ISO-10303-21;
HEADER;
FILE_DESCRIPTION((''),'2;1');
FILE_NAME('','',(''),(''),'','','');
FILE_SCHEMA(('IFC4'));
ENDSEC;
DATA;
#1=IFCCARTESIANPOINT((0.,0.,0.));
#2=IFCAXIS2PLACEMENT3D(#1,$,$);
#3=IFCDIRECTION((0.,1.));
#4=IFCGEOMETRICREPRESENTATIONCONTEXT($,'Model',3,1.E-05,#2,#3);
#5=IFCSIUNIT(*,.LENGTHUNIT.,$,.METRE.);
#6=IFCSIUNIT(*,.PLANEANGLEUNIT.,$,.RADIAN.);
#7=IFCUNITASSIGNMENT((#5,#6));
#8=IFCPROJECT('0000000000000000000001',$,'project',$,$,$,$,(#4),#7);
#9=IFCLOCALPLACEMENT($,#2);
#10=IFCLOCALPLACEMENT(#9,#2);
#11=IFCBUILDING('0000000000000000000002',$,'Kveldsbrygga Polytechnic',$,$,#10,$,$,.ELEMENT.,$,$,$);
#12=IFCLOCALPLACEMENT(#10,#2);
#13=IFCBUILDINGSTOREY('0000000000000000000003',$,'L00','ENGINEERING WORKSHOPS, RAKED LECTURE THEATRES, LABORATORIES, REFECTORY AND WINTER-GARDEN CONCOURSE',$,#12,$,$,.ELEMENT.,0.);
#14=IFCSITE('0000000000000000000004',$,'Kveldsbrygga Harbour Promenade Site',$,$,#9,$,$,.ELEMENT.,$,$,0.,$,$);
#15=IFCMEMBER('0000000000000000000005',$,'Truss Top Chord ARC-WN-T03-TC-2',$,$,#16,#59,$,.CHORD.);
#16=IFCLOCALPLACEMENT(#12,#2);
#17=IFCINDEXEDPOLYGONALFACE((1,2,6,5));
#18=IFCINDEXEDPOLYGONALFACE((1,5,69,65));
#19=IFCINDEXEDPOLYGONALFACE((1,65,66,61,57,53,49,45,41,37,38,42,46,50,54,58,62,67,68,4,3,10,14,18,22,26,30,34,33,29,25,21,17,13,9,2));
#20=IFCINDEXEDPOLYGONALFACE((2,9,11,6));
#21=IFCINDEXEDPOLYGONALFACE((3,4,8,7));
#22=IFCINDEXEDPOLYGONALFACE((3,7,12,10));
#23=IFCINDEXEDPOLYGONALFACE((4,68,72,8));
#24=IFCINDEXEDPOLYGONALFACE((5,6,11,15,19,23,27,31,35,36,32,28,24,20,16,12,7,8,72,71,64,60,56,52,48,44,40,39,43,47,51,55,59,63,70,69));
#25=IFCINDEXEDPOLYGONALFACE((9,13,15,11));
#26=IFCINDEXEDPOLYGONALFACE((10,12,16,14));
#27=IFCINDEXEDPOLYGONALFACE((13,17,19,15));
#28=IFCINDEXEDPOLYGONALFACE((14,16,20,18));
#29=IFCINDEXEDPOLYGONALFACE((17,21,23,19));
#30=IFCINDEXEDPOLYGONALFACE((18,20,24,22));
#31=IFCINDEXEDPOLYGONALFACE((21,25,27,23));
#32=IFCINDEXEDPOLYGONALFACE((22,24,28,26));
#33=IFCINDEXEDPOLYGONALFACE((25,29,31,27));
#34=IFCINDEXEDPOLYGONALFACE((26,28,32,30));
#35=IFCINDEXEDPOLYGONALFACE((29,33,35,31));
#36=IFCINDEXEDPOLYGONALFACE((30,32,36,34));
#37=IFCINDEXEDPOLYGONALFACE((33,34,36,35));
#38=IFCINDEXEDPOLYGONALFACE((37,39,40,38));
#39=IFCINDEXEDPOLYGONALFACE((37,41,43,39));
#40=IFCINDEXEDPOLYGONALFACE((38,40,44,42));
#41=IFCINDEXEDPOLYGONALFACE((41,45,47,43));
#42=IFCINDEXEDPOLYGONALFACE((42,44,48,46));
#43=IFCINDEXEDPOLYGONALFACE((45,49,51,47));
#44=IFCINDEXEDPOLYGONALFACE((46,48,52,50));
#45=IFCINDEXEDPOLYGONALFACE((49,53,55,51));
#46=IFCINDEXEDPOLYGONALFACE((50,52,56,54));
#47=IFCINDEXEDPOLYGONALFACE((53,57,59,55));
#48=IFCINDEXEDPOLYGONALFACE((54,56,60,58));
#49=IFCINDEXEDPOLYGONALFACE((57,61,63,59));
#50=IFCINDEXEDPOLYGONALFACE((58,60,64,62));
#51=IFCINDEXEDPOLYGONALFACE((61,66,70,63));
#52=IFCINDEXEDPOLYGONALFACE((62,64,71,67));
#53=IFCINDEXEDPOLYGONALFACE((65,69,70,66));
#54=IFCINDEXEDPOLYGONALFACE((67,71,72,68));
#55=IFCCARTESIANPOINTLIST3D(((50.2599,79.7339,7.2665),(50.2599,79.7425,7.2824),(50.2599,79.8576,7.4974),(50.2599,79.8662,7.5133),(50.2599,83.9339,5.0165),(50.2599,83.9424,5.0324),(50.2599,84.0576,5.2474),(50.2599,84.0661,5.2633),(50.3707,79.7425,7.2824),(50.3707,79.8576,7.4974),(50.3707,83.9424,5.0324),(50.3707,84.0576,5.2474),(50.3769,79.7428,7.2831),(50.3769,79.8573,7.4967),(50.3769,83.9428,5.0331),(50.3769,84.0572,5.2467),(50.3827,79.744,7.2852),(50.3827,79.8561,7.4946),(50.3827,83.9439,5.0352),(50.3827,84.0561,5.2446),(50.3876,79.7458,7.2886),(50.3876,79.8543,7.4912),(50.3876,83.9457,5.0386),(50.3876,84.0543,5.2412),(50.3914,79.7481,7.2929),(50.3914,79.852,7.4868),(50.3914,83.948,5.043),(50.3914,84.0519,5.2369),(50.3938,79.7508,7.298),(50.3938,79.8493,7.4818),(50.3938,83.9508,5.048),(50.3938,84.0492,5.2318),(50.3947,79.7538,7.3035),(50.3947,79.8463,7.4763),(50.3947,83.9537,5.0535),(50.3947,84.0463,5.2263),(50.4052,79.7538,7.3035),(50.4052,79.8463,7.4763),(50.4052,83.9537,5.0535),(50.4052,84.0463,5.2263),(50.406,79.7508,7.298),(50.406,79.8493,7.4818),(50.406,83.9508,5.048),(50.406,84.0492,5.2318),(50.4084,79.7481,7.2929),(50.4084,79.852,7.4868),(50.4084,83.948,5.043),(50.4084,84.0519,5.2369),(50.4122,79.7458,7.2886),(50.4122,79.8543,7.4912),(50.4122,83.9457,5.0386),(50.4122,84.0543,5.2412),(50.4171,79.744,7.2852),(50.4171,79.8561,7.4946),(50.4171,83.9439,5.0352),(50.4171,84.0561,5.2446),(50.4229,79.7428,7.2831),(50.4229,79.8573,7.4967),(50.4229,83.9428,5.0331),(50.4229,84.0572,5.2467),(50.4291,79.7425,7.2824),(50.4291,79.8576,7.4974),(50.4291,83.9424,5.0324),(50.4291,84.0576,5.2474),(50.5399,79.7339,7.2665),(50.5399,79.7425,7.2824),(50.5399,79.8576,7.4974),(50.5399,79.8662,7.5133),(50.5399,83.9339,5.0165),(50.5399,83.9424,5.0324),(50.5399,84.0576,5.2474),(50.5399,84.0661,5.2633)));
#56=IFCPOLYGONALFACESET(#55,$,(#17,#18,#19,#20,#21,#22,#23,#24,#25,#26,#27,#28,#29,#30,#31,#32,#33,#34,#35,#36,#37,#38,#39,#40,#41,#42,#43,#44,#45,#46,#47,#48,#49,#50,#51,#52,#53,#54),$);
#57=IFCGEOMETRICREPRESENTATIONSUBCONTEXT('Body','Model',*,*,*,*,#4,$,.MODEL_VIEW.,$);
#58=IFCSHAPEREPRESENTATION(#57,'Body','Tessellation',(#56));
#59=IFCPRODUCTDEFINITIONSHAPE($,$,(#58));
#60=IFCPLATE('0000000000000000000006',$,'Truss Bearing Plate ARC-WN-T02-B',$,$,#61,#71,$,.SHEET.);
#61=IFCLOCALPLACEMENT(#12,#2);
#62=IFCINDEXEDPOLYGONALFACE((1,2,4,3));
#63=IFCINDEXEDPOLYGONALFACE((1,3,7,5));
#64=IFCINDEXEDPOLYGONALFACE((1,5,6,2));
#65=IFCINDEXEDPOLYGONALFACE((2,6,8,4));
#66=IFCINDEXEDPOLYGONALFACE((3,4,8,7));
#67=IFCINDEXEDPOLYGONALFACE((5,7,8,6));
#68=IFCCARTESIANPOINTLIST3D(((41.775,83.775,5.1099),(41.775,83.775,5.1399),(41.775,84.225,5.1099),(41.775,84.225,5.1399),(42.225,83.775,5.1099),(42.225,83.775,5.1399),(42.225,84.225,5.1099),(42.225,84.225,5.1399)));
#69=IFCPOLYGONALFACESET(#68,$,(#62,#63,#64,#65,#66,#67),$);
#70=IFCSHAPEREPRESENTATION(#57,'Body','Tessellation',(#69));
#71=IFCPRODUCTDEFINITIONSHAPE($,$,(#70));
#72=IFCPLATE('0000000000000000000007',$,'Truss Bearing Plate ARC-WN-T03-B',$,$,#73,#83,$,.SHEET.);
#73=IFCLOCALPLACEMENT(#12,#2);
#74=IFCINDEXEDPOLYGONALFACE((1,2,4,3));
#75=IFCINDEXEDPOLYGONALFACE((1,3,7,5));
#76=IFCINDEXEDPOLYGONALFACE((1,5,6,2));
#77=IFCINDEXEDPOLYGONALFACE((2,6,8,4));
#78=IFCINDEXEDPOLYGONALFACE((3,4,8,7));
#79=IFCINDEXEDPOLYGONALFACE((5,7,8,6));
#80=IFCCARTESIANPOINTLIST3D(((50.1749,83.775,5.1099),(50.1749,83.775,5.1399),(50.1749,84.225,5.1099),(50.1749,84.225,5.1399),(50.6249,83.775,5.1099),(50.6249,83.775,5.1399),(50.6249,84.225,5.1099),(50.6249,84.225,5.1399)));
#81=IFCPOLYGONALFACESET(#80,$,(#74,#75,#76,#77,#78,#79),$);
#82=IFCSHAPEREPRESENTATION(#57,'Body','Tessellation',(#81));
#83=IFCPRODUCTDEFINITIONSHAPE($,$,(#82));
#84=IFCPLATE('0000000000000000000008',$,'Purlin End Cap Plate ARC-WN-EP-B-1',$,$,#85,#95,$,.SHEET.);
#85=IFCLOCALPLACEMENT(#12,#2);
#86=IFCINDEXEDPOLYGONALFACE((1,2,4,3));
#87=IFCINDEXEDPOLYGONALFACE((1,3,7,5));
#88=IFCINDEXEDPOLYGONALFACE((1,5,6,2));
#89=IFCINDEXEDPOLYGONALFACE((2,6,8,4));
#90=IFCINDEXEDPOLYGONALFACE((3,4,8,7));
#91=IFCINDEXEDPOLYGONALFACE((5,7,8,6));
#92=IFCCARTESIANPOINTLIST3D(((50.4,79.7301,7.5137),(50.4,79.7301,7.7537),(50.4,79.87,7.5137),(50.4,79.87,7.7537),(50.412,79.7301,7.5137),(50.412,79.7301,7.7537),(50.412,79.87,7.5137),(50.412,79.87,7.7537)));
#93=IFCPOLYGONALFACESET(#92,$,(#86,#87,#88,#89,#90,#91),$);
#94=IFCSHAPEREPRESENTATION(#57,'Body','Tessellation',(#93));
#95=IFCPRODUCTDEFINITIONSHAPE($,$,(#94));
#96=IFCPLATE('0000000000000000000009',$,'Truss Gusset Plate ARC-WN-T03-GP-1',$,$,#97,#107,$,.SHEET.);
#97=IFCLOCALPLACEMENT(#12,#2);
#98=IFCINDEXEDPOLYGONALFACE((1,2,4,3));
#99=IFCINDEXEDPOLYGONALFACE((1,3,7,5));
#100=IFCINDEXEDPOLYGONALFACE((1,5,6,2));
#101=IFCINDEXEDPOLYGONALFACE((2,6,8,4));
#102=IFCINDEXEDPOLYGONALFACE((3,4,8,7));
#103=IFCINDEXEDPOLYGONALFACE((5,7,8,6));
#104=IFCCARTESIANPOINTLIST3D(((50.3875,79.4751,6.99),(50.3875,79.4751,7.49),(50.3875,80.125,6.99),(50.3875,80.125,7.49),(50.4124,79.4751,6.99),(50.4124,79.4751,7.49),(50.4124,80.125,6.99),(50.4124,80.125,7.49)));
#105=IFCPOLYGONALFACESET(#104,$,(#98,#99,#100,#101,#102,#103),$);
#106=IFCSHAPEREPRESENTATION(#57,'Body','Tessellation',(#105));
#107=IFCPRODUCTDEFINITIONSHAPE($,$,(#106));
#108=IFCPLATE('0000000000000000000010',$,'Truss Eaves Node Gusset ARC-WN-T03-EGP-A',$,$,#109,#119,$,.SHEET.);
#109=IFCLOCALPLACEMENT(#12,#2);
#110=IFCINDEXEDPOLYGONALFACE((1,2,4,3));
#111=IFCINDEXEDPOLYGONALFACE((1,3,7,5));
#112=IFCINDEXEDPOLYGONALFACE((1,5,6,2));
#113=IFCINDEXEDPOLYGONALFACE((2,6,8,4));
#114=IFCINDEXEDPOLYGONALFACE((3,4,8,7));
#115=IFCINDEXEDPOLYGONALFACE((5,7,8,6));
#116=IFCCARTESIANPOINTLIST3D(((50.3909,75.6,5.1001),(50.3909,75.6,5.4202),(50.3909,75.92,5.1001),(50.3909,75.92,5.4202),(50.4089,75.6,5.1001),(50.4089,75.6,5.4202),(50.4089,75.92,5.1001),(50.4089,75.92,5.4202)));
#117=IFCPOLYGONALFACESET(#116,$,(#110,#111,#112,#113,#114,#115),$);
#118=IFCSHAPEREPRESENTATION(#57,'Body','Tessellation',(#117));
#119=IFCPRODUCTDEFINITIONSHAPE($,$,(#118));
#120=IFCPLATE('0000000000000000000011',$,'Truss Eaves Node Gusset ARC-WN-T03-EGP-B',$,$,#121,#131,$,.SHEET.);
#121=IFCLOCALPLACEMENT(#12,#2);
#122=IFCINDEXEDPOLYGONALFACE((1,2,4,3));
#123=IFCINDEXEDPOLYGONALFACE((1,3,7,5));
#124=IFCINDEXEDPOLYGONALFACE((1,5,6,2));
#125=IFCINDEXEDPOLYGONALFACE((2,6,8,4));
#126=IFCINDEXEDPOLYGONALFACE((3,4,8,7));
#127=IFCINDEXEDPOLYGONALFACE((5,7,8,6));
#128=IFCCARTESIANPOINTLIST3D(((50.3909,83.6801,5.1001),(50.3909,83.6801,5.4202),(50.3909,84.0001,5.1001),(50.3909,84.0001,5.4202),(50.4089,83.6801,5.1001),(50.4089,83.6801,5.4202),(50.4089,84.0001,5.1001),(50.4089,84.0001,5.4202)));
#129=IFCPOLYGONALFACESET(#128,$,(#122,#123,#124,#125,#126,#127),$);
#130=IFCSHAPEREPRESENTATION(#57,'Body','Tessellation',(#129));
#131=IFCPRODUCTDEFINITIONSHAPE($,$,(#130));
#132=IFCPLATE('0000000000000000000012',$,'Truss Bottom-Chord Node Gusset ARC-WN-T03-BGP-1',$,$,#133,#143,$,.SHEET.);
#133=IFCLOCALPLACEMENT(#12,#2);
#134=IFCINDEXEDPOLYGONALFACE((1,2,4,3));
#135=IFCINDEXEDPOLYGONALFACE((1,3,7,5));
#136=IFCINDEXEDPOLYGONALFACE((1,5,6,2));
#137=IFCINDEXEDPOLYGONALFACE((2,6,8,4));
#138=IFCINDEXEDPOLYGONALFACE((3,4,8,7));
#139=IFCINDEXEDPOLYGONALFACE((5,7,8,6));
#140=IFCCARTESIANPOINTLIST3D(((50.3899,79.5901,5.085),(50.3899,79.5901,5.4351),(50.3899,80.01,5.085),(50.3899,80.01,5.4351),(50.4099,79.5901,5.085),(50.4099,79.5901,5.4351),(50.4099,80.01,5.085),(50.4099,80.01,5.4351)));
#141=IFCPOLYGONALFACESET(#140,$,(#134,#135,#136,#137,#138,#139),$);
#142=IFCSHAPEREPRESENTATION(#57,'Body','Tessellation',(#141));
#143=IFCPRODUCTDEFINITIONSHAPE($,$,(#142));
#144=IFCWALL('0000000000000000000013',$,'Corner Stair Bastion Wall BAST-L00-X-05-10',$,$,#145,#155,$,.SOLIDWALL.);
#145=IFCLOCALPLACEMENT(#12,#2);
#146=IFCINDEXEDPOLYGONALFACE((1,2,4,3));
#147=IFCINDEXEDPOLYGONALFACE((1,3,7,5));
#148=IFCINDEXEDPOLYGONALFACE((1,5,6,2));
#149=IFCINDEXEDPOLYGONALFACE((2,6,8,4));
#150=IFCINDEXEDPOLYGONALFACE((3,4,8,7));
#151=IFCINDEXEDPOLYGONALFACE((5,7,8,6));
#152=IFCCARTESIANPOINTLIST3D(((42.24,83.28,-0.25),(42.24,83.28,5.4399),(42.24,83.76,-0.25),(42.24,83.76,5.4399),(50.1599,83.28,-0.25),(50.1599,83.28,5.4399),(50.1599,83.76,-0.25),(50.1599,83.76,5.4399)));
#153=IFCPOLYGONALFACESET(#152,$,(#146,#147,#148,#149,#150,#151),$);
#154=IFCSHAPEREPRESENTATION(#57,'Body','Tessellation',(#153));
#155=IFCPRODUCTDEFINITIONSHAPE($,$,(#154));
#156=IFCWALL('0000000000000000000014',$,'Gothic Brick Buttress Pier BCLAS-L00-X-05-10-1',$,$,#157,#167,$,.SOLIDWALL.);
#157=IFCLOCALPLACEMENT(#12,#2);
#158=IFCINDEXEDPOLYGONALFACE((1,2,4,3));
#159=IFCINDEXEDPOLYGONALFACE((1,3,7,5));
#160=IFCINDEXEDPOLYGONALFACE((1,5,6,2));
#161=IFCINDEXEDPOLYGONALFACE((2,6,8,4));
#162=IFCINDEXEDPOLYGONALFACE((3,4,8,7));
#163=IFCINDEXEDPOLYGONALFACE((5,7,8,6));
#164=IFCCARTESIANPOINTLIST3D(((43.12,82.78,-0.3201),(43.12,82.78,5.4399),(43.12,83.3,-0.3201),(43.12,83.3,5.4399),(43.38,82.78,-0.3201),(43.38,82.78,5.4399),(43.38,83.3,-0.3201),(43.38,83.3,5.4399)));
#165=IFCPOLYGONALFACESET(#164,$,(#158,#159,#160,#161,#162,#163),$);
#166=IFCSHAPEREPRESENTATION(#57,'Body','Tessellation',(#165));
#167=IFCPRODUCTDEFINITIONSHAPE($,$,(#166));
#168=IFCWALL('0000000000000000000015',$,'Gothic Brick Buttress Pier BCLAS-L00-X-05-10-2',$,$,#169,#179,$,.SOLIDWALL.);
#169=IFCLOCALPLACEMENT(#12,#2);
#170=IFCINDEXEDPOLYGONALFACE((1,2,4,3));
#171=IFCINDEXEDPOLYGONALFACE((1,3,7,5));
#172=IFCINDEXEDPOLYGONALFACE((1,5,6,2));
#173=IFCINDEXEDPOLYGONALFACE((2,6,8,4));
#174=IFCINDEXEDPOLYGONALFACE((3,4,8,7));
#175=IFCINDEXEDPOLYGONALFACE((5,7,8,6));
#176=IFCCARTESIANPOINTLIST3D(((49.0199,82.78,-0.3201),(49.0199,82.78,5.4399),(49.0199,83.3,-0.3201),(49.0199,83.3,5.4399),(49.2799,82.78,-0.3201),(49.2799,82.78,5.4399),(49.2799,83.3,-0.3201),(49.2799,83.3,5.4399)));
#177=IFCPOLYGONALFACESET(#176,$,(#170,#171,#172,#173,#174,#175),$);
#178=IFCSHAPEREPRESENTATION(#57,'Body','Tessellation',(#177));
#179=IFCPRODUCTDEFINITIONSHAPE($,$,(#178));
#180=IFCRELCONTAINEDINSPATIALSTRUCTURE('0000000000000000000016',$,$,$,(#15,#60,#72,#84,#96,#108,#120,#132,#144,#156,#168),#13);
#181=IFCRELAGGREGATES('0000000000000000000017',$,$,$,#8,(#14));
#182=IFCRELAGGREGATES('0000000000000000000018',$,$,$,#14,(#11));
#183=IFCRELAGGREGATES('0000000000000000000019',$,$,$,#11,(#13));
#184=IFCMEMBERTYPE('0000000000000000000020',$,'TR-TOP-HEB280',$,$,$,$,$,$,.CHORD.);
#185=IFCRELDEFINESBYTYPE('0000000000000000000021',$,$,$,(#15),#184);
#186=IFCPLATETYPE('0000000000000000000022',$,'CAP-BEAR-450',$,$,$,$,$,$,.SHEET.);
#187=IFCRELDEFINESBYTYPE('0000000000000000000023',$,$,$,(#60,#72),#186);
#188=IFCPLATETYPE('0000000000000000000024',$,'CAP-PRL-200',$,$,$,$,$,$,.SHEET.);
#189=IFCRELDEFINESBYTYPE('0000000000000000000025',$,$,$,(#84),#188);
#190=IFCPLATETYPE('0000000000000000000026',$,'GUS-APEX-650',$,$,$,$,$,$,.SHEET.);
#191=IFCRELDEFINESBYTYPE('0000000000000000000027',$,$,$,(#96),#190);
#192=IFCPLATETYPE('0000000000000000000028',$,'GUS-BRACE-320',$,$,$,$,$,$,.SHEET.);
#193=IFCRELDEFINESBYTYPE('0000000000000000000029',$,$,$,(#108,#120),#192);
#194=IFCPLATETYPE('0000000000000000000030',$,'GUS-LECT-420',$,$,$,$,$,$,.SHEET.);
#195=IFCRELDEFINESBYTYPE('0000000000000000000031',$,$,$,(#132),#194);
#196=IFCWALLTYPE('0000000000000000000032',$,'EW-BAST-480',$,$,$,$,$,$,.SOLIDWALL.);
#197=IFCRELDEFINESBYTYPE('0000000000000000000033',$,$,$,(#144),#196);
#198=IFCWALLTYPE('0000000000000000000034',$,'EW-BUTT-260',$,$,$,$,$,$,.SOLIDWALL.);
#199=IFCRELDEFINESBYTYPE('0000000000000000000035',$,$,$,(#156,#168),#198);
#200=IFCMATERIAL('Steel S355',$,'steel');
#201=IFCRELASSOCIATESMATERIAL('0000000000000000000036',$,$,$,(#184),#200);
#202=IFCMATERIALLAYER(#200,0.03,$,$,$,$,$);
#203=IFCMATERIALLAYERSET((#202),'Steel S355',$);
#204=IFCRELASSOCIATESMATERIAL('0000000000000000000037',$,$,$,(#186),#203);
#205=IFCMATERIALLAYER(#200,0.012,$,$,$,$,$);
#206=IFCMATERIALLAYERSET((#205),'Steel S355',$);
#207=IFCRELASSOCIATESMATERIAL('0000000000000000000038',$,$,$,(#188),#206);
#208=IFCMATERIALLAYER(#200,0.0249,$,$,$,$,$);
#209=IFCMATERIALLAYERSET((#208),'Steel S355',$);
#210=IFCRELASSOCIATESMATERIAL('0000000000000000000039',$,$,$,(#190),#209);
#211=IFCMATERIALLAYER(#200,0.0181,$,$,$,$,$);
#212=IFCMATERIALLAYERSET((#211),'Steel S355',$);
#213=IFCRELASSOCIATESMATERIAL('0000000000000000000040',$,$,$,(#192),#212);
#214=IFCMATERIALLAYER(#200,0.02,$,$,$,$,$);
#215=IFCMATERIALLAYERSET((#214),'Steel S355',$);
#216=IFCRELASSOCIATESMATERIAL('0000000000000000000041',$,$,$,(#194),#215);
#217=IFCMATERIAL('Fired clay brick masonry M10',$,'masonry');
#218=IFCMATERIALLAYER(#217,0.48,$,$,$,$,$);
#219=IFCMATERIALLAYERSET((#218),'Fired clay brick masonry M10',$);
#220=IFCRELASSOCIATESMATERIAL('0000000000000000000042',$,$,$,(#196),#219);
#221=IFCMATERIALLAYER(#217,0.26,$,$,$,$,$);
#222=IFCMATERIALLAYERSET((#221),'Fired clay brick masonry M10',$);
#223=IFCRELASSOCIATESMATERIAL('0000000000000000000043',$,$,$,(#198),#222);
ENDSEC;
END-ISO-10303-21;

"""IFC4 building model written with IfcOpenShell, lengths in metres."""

from ifc_helpers import new_model, si_unit, direction, frame, frame_2d, origin, origin_2d, place, context, subcontext, project, spatial, rectangle, i_section, extrude, material, layer, layer_set, material_profile, profile_set, type_object, element, save


model = new_model("IFC4")

# Units and contexts
model_context = context("Model", 3, precision=1e-05, world=origin(), true_north=direction((0.0, 1.0)))
body_context = subcontext(model_context, "Body", "Model", "MODEL_VIEW")
ifc_project = project(units=[si_unit("LENGTHUNIT", "METRE"), si_unit("PLANEANGLEUNIT", "RADIAN")], contexts=[model_context])

# Site, building, storey
site_placement = place(None, origin())
site = spatial("IfcSite", under=ifc_project, at=site_placement, Name="Kveldsbrygga Harbour Promenade Site", CompositionType="ELEMENT", RefElevation=0.0)
building_placement = place(site_placement, origin())
building = spatial("IfcBuilding", under=site, at=building_placement, Name="Kveldsbrygga Polytechnic", CompositionType="ELEMENT")
storey_placement = place(building_placement, origin())
storey = spatial("IfcBuildingStorey", under=building, at=storey_placement, Name="L00", Description="ENGINEERING WORKSHOPS, RAKED LECTURE THEATRES, LABORATORIES, REFECTORY AND WINTER-GARDEN CONCOURSE", CompositionType="ELEMENT", Elevation=0.0)

# Member
ifc_material_1 = material(Name="Steel S355", Category="steel")
ifc_material_profile_1 = material_profile(ifc_material_1, i_section(OverallWidth=0.28, OverallDepth=0.28, WebThickness=0.0105, FlangeThickness=0.0181, FilletRadius=0.0239, at=origin_2d()), Name="HEB 280")
ifc_profile_set_1 = profile_set([ifc_material_profile_1], Name="Steel S355")
member_type_1 = type_object("IfcMemberType", Name="TR-TOP-HEB280", PredefinedType="CHORD", material=ifc_profile_set_1)
member_1_placement = place(storey_placement, frame((50.3999, 79.8, 7.3899), z_axis=(0.0, 0.881478, -0.472226), x_axis=(-1.0, 0.0, 0.0)))
element("IfcMember", 1, at=member_1_placement, inside=storey, type_object=member_type_1, Name="Truss Top Chord ARC-WN-T03-TC-2", PredefinedType="CHORD", context=body_context, shape_type="SweptSolid", body=[
    extrude(i_section(OverallWidth=0.28, OverallDepth=0.28, WebThickness=0.0105, FlangeThickness=0.0181, FilletRadius=0.0239, at=origin_2d()), origin(), (0.0, 0.0, 1.0), 4.7646),
])

# Plates
ifc_layer_1 = layer(ifc_material_1, 0.03)
ifc_layer_set_1 = layer_set([ifc_layer_1], Name="Steel S355")
plate_type_1 = type_object("IfcPlateType", Name="CAP-BEAR-450", PredefinedType="SHEET", material=ifc_layer_set_1)
for number, where, z_axis, x_axis, name in (
    (2, (42.0, 84.0, 5.1099), (0.0, 0.0, 1.0), (1.0, 0.0, 0.0), "Truss Bearing Plate ARC-WN-T02-B"),
    (3, (50.3999, 84.0, 5.1099), (0.0, 0.0, 1.0), (1.0, 0.0, 0.0), "Truss Bearing Plate ARC-WN-T03-B"),
):
    element("IfcPlate", number, at=place(storey_placement, frame(where, z_axis=z_axis, x_axis=x_axis)), inside=storey, type_object=plate_type_1, Name=name, PredefinedType="SHEET", context=body_context, shape_type="SweptSolid", body=[
        extrude(rectangle(XDim=0.45, YDim=0.45, at=origin_2d()), origin(), (0.0, 0.0, 1.0), 0.03),
    ])
ifc_layer_2 = layer(ifc_material_1, 0.012)
ifc_layer_set_2 = layer_set([ifc_layer_2], Name="Steel S355")
plate_type_2 = type_object("IfcPlateType", Name="CAP-PRL-200", PredefinedType="SHEET", material=ifc_layer_set_2)
plate_1_placement = place(storey_placement, frame((50.406, 79.8, 7.5137), z_axis=(0.0, 0.0, 1.0), x_axis=(1.0, 0.0, 0.0)))
element("IfcPlate", 4, at=plate_1_placement, inside=storey, type_object=plate_type_2, Name="Purlin End Cap Plate ARC-WN-EP-B-1", PredefinedType="SHEET", context=body_context, shape_type="SweptSolid", body=[
    extrude(rectangle(XDim=0.012, YDim=0.1399, at=origin_2d()), origin(), (0.0, 0.0, 1.0), 0.24),
])
ifc_layer_3 = layer(ifc_material_1, 0.0249)
ifc_layer_set_3 = layer_set([ifc_layer_3], Name="Steel S355")
plate_type_3 = type_object("IfcPlateType", Name="GUS-APEX-650", PredefinedType="SHEET", material=ifc_layer_set_3)
plate_2_placement = place(storey_placement, frame((50.3999, 79.8, 6.99), z_axis=(0.0, 0.0, 1.0), x_axis=(1.0, 0.0, 0.0)))
element("IfcPlate", 5, at=plate_2_placement, inside=storey, type_object=plate_type_3, Name="Truss Gusset Plate ARC-WN-T03-GP-1", PredefinedType="SHEET", context=body_context, shape_type="SweptSolid", body=[
    extrude(rectangle(XDim=0.0249, YDim=0.6499, at=origin_2d()), origin(), (0.0, 0.0, 1.0), 0.5),
])
ifc_layer_4 = layer(ifc_material_1, 0.0181)
ifc_layer_set_4 = layer_set([ifc_layer_4], Name="Steel S355")
plate_type_4 = type_object("IfcPlateType", Name="GUS-BRACE-320", PredefinedType="SHEET", material=ifc_layer_set_4)
for number, where, z_axis, x_axis, name in (
    (6, (50.3999, 75.76, 5.1001), (0.0, 0.0, 1.0), (1.0, 0.0, 0.0), "Truss Eaves Node Gusset ARC-WN-T03-EGP-A"),
    (7, (50.3999, 83.8401, 5.1001), (0.0, 0.0, 1.0), (1.0, 0.0, 0.0), "Truss Eaves Node Gusset ARC-WN-T03-EGP-B"),
):
    element("IfcPlate", number, at=place(storey_placement, frame(where, z_axis=z_axis, x_axis=x_axis)), inside=storey, type_object=plate_type_4, Name=name, PredefinedType="SHEET", context=body_context, shape_type="SweptSolid", body=[
        extrude(rectangle(XDim=0.0181, YDim=0.3201, at=origin_2d()), origin(), (0.0, 0.0, 1.0), 0.3201),
    ])
ifc_layer_5 = layer(ifc_material_1, 0.02)
ifc_layer_set_5 = layer_set([ifc_layer_5], Name="Steel S355")
plate_type_5 = type_object("IfcPlateType", Name="GUS-LECT-420", PredefinedType="SHEET", material=ifc_layer_set_5)
plate_3_placement = place(storey_placement, frame((50.3999, 79.8, 5.085), z_axis=(0.0, 0.0, 1.0), x_axis=(1.0, 0.0, 0.0)))
element("IfcPlate", 8, at=plate_3_placement, inside=storey, type_object=plate_type_5, Name="Truss Bottom-Chord Node Gusset ARC-WN-T03-BGP-1", PredefinedType="SHEET", context=body_context, shape_type="SweptSolid", body=[
    extrude(rectangle(XDim=0.02, YDim=0.4199, at=origin_2d()), origin(), (0.0, 0.0, 1.0), 0.3501),
])

# Walls
ifc_material_2 = material(Name="Fired clay brick masonry M10", Category="masonry")
ifc_layer_6 = layer(ifc_material_2, 0.48)
ifc_layer_set_6 = layer_set([ifc_layer_6], Name="Fired clay brick masonry M10")
wall_type_1 = type_object("IfcWallType", Name="EW-BAST-480", PredefinedType="SOLIDWALL", material=ifc_layer_set_6)
wall_1_placement = place(storey_placement, frame((42.24, 83.52, -0.25), z_axis=(0.0, 0.0, 1.0), x_axis=(1.0, 0.0, 0.0)))
element("IfcWall", 9, at=wall_1_placement, inside=storey, type_object=wall_type_1, Name="Corner Stair Bastion Wall BAST-L00-X-05-10", PredefinedType="SOLIDWALL", context=body_context, shape_type="SweptSolid", body=[
    extrude(rectangle(XDim=7.9199, YDim=0.48, at=frame_2d((3.96, 0.0))), origin(), (0.0, 0.0, 1.0), 5.6899),
])
ifc_layer_7 = layer(ifc_material_2, 0.26)
ifc_layer_set_7 = layer_set([ifc_layer_7], Name="Fired clay brick masonry M10")
wall_type_2 = type_object("IfcWallType", Name="EW-BUTT-260", PredefinedType="SOLIDWALL", material=ifc_layer_set_7)
for number, where, z_axis, x_axis, name in (
    (10, (43.25, 83.3, -0.3201), (0.0, 0.0, 1.0), (0.0, -1.0, 0.0), "Gothic Brick Buttress Pier BCLAS-L00-X-05-10-1"),
    (11, (49.1499, 83.3, -0.3201), (0.0, 0.0, 1.0), (0.0, -1.0, 0.0), "Gothic Brick Buttress Pier BCLAS-L00-X-05-10-2"),
):
    element("IfcWall", number, at=place(storey_placement, frame(where, z_axis=z_axis, x_axis=x_axis)), inside=storey, type_object=wall_type_2, Name=name, PredefinedType="SOLIDWALL", context=body_context, shape_type="SweptSolid", body=[
        extrude(rectangle(XDim=0.52, YDim=0.26, at=frame_2d((0.26, 0.0))), origin(), (0.0, 0.0, 1.0), 5.76),
    ])

save(model, "model.ifc")
